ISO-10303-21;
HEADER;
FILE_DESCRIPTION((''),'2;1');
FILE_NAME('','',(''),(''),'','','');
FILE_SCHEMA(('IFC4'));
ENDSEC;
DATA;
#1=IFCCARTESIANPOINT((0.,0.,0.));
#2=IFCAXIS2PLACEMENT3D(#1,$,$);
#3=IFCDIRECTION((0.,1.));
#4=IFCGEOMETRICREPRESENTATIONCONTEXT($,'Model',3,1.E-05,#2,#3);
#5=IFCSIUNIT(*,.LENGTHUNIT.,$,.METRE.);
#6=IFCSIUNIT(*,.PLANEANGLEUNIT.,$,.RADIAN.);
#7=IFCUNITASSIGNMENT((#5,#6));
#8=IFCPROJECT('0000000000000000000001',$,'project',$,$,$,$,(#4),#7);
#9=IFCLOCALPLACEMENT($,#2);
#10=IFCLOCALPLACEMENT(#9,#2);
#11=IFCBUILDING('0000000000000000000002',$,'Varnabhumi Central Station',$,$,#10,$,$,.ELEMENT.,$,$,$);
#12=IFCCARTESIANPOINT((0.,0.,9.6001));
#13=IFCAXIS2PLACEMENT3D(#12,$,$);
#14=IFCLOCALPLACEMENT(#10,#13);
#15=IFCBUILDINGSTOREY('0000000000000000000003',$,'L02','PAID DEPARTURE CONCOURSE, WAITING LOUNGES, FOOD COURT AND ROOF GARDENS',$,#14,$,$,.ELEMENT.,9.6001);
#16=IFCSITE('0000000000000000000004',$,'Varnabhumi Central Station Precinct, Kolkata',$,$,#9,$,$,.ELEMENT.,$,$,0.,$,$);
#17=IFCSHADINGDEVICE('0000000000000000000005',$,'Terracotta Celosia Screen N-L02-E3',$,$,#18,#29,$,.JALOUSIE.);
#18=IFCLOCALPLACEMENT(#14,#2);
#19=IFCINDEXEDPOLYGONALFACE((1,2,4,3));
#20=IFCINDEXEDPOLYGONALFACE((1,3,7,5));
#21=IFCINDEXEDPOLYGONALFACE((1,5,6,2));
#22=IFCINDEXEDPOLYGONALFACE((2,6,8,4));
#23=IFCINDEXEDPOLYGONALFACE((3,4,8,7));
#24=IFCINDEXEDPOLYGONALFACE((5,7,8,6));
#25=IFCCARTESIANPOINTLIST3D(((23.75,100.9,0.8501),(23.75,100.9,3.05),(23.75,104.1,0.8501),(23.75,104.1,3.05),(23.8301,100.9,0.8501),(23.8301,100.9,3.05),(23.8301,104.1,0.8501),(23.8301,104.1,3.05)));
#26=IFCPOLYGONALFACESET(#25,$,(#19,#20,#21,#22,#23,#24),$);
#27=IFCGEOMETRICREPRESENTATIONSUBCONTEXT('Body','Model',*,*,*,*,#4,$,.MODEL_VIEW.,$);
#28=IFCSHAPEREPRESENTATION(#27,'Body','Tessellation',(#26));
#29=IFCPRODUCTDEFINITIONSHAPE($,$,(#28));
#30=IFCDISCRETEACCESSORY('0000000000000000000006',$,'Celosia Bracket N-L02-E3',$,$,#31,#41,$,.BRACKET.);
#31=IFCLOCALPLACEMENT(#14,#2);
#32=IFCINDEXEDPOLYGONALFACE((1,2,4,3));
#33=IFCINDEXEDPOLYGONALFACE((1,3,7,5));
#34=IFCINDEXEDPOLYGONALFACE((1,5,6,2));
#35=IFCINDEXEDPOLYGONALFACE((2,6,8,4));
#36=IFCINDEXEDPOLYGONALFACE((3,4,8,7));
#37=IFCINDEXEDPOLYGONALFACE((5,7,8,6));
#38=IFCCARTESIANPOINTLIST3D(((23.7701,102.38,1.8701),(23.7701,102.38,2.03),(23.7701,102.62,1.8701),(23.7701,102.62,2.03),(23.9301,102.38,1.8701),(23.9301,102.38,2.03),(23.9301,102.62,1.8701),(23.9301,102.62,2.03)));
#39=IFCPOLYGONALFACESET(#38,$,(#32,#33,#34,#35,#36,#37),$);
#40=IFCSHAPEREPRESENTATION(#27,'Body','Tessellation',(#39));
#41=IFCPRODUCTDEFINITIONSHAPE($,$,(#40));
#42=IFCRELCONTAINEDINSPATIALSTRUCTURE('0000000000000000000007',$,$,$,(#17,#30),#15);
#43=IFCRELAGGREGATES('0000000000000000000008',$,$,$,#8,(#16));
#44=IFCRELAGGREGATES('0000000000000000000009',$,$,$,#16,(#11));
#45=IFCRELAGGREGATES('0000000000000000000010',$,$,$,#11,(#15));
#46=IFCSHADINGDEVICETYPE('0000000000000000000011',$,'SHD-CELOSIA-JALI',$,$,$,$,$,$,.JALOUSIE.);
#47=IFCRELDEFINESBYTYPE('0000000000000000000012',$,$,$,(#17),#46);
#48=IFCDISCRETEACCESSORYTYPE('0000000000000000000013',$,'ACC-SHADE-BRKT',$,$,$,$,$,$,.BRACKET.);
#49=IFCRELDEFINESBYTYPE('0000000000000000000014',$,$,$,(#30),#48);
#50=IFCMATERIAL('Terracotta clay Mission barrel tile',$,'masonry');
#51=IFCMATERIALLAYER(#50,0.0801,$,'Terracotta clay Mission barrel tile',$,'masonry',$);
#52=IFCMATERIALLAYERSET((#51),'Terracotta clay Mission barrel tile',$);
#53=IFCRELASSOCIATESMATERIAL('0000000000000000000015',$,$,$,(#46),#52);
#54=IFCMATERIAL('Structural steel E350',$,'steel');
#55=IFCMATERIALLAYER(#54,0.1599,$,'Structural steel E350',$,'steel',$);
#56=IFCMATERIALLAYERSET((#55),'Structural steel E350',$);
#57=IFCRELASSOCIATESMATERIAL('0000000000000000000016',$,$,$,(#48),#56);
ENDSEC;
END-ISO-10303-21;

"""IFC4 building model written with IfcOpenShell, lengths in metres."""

from ifc_helpers import new_model, si_unit, direction, frame, origin, origin_2d, place, context, subcontext, project, spatial, rectangle, extrude, material, layer, layer_set, type_object, element, save


model = new_model("IFC4")

# Units and contexts
model_context = context("Model", 3, precision=1e-05, world=origin(), true_north=direction((0.0, 1.0)))
body_context = subcontext(model_context, "Body", "Model", "MODEL_VIEW")
ifc_project = project(units=[si_unit("LENGTHUNIT", "METRE"), si_unit("PLANEANGLEUNIT", "RADIAN")], contexts=[model_context])

# Site, building, storey
site_placement = place(None, origin())
site = spatial("IfcSite", under=ifc_project, at=site_placement, Name="Varnabhumi Central Station Precinct, Kolkata", CompositionType="ELEMENT", RefElevation=0.0)
building_placement = place(site_placement, origin())
building = spatial("IfcBuilding", under=site, at=building_placement, Name="Varnabhumi Central Station", CompositionType="ELEMENT")
storey_placement = place(building_placement, frame((0.0, 0.0, 9.6001)))
storey = spatial("IfcBuildingStorey", under=building, at=storey_placement, Name="L02", Description="PAID DEPARTURE CONCOURSE, WAITING LOUNGES, FOOD COURT AND ROOF GARDENS", CompositionType="ELEMENT", Elevation=9.6001)

# Shading device
ifc_material_1 = material(Name="Terracotta clay Mission barrel tile", Category="masonry")
ifc_layer_1 = layer(ifc_material_1, 0.0801, Name="Terracotta clay Mission barrel tile", Category="masonry")
ifc_layer_set_1 = layer_set([ifc_layer_1], Name="Terracotta clay Mission barrel tile")
shading_device_type = type_object("IfcShadingDeviceType", Name="SHD-CELOSIA-JALI", PredefinedType="JALOUSIE", material=ifc_layer_set_1)
shading_device_placement = place(storey_placement, frame((23.79, 102.5, 0.8501), z_axis=(0.0, 0.0, 1.0), x_axis=(1.0, 0.0, 0.0)))
element("IfcShadingDevice", 1, at=shading_device_placement, inside=storey, type_object=shading_device_type, Name="Terracotta Celosia Screen N-L02-E3", PredefinedType="JALOUSIE", context=body_context, shape_type="SweptSolid", body=[
    extrude(rectangle(XDim=0.0801, YDim=3.2, at=origin_2d()), origin(), (0.0, 0.0, 1.0), 2.2),
])

# Discrete accessory
ifc_material_2 = material(Name="Structural steel E350", Category="steel")
ifc_layer_2 = layer(ifc_material_2, 0.1599, Name="Structural steel E350", Category="steel")
ifc_layer_set_2 = layer_set([ifc_layer_2], Name="Structural steel E350")
discrete_accessory_type = type_object("IfcDiscreteAccessoryType", Name="ACC-SHADE-BRKT", PredefinedType="BRACKET", material=ifc_layer_set_2)
discrete_accessory_placement = place(storey_placement, frame((23.8501, 102.5, 1.8701), z_axis=(0.0, 0.0, 1.0), x_axis=(1.0, 0.0, 0.0)))
element("IfcDiscreteAccessory", 2, at=discrete_accessory_placement, inside=storey, type_object=discrete_accessory_type, Name="Celosia Bracket N-L02-E3", PredefinedType="BRACKET", context=body_context, shape_type="SweptSolid", body=[
    extrude(rectangle(XDim=0.1599, YDim=0.24, at=origin_2d()), origin(), (0.0, 0.0, 1.0), 0.1599),
])

save(model, "model.ifc")
